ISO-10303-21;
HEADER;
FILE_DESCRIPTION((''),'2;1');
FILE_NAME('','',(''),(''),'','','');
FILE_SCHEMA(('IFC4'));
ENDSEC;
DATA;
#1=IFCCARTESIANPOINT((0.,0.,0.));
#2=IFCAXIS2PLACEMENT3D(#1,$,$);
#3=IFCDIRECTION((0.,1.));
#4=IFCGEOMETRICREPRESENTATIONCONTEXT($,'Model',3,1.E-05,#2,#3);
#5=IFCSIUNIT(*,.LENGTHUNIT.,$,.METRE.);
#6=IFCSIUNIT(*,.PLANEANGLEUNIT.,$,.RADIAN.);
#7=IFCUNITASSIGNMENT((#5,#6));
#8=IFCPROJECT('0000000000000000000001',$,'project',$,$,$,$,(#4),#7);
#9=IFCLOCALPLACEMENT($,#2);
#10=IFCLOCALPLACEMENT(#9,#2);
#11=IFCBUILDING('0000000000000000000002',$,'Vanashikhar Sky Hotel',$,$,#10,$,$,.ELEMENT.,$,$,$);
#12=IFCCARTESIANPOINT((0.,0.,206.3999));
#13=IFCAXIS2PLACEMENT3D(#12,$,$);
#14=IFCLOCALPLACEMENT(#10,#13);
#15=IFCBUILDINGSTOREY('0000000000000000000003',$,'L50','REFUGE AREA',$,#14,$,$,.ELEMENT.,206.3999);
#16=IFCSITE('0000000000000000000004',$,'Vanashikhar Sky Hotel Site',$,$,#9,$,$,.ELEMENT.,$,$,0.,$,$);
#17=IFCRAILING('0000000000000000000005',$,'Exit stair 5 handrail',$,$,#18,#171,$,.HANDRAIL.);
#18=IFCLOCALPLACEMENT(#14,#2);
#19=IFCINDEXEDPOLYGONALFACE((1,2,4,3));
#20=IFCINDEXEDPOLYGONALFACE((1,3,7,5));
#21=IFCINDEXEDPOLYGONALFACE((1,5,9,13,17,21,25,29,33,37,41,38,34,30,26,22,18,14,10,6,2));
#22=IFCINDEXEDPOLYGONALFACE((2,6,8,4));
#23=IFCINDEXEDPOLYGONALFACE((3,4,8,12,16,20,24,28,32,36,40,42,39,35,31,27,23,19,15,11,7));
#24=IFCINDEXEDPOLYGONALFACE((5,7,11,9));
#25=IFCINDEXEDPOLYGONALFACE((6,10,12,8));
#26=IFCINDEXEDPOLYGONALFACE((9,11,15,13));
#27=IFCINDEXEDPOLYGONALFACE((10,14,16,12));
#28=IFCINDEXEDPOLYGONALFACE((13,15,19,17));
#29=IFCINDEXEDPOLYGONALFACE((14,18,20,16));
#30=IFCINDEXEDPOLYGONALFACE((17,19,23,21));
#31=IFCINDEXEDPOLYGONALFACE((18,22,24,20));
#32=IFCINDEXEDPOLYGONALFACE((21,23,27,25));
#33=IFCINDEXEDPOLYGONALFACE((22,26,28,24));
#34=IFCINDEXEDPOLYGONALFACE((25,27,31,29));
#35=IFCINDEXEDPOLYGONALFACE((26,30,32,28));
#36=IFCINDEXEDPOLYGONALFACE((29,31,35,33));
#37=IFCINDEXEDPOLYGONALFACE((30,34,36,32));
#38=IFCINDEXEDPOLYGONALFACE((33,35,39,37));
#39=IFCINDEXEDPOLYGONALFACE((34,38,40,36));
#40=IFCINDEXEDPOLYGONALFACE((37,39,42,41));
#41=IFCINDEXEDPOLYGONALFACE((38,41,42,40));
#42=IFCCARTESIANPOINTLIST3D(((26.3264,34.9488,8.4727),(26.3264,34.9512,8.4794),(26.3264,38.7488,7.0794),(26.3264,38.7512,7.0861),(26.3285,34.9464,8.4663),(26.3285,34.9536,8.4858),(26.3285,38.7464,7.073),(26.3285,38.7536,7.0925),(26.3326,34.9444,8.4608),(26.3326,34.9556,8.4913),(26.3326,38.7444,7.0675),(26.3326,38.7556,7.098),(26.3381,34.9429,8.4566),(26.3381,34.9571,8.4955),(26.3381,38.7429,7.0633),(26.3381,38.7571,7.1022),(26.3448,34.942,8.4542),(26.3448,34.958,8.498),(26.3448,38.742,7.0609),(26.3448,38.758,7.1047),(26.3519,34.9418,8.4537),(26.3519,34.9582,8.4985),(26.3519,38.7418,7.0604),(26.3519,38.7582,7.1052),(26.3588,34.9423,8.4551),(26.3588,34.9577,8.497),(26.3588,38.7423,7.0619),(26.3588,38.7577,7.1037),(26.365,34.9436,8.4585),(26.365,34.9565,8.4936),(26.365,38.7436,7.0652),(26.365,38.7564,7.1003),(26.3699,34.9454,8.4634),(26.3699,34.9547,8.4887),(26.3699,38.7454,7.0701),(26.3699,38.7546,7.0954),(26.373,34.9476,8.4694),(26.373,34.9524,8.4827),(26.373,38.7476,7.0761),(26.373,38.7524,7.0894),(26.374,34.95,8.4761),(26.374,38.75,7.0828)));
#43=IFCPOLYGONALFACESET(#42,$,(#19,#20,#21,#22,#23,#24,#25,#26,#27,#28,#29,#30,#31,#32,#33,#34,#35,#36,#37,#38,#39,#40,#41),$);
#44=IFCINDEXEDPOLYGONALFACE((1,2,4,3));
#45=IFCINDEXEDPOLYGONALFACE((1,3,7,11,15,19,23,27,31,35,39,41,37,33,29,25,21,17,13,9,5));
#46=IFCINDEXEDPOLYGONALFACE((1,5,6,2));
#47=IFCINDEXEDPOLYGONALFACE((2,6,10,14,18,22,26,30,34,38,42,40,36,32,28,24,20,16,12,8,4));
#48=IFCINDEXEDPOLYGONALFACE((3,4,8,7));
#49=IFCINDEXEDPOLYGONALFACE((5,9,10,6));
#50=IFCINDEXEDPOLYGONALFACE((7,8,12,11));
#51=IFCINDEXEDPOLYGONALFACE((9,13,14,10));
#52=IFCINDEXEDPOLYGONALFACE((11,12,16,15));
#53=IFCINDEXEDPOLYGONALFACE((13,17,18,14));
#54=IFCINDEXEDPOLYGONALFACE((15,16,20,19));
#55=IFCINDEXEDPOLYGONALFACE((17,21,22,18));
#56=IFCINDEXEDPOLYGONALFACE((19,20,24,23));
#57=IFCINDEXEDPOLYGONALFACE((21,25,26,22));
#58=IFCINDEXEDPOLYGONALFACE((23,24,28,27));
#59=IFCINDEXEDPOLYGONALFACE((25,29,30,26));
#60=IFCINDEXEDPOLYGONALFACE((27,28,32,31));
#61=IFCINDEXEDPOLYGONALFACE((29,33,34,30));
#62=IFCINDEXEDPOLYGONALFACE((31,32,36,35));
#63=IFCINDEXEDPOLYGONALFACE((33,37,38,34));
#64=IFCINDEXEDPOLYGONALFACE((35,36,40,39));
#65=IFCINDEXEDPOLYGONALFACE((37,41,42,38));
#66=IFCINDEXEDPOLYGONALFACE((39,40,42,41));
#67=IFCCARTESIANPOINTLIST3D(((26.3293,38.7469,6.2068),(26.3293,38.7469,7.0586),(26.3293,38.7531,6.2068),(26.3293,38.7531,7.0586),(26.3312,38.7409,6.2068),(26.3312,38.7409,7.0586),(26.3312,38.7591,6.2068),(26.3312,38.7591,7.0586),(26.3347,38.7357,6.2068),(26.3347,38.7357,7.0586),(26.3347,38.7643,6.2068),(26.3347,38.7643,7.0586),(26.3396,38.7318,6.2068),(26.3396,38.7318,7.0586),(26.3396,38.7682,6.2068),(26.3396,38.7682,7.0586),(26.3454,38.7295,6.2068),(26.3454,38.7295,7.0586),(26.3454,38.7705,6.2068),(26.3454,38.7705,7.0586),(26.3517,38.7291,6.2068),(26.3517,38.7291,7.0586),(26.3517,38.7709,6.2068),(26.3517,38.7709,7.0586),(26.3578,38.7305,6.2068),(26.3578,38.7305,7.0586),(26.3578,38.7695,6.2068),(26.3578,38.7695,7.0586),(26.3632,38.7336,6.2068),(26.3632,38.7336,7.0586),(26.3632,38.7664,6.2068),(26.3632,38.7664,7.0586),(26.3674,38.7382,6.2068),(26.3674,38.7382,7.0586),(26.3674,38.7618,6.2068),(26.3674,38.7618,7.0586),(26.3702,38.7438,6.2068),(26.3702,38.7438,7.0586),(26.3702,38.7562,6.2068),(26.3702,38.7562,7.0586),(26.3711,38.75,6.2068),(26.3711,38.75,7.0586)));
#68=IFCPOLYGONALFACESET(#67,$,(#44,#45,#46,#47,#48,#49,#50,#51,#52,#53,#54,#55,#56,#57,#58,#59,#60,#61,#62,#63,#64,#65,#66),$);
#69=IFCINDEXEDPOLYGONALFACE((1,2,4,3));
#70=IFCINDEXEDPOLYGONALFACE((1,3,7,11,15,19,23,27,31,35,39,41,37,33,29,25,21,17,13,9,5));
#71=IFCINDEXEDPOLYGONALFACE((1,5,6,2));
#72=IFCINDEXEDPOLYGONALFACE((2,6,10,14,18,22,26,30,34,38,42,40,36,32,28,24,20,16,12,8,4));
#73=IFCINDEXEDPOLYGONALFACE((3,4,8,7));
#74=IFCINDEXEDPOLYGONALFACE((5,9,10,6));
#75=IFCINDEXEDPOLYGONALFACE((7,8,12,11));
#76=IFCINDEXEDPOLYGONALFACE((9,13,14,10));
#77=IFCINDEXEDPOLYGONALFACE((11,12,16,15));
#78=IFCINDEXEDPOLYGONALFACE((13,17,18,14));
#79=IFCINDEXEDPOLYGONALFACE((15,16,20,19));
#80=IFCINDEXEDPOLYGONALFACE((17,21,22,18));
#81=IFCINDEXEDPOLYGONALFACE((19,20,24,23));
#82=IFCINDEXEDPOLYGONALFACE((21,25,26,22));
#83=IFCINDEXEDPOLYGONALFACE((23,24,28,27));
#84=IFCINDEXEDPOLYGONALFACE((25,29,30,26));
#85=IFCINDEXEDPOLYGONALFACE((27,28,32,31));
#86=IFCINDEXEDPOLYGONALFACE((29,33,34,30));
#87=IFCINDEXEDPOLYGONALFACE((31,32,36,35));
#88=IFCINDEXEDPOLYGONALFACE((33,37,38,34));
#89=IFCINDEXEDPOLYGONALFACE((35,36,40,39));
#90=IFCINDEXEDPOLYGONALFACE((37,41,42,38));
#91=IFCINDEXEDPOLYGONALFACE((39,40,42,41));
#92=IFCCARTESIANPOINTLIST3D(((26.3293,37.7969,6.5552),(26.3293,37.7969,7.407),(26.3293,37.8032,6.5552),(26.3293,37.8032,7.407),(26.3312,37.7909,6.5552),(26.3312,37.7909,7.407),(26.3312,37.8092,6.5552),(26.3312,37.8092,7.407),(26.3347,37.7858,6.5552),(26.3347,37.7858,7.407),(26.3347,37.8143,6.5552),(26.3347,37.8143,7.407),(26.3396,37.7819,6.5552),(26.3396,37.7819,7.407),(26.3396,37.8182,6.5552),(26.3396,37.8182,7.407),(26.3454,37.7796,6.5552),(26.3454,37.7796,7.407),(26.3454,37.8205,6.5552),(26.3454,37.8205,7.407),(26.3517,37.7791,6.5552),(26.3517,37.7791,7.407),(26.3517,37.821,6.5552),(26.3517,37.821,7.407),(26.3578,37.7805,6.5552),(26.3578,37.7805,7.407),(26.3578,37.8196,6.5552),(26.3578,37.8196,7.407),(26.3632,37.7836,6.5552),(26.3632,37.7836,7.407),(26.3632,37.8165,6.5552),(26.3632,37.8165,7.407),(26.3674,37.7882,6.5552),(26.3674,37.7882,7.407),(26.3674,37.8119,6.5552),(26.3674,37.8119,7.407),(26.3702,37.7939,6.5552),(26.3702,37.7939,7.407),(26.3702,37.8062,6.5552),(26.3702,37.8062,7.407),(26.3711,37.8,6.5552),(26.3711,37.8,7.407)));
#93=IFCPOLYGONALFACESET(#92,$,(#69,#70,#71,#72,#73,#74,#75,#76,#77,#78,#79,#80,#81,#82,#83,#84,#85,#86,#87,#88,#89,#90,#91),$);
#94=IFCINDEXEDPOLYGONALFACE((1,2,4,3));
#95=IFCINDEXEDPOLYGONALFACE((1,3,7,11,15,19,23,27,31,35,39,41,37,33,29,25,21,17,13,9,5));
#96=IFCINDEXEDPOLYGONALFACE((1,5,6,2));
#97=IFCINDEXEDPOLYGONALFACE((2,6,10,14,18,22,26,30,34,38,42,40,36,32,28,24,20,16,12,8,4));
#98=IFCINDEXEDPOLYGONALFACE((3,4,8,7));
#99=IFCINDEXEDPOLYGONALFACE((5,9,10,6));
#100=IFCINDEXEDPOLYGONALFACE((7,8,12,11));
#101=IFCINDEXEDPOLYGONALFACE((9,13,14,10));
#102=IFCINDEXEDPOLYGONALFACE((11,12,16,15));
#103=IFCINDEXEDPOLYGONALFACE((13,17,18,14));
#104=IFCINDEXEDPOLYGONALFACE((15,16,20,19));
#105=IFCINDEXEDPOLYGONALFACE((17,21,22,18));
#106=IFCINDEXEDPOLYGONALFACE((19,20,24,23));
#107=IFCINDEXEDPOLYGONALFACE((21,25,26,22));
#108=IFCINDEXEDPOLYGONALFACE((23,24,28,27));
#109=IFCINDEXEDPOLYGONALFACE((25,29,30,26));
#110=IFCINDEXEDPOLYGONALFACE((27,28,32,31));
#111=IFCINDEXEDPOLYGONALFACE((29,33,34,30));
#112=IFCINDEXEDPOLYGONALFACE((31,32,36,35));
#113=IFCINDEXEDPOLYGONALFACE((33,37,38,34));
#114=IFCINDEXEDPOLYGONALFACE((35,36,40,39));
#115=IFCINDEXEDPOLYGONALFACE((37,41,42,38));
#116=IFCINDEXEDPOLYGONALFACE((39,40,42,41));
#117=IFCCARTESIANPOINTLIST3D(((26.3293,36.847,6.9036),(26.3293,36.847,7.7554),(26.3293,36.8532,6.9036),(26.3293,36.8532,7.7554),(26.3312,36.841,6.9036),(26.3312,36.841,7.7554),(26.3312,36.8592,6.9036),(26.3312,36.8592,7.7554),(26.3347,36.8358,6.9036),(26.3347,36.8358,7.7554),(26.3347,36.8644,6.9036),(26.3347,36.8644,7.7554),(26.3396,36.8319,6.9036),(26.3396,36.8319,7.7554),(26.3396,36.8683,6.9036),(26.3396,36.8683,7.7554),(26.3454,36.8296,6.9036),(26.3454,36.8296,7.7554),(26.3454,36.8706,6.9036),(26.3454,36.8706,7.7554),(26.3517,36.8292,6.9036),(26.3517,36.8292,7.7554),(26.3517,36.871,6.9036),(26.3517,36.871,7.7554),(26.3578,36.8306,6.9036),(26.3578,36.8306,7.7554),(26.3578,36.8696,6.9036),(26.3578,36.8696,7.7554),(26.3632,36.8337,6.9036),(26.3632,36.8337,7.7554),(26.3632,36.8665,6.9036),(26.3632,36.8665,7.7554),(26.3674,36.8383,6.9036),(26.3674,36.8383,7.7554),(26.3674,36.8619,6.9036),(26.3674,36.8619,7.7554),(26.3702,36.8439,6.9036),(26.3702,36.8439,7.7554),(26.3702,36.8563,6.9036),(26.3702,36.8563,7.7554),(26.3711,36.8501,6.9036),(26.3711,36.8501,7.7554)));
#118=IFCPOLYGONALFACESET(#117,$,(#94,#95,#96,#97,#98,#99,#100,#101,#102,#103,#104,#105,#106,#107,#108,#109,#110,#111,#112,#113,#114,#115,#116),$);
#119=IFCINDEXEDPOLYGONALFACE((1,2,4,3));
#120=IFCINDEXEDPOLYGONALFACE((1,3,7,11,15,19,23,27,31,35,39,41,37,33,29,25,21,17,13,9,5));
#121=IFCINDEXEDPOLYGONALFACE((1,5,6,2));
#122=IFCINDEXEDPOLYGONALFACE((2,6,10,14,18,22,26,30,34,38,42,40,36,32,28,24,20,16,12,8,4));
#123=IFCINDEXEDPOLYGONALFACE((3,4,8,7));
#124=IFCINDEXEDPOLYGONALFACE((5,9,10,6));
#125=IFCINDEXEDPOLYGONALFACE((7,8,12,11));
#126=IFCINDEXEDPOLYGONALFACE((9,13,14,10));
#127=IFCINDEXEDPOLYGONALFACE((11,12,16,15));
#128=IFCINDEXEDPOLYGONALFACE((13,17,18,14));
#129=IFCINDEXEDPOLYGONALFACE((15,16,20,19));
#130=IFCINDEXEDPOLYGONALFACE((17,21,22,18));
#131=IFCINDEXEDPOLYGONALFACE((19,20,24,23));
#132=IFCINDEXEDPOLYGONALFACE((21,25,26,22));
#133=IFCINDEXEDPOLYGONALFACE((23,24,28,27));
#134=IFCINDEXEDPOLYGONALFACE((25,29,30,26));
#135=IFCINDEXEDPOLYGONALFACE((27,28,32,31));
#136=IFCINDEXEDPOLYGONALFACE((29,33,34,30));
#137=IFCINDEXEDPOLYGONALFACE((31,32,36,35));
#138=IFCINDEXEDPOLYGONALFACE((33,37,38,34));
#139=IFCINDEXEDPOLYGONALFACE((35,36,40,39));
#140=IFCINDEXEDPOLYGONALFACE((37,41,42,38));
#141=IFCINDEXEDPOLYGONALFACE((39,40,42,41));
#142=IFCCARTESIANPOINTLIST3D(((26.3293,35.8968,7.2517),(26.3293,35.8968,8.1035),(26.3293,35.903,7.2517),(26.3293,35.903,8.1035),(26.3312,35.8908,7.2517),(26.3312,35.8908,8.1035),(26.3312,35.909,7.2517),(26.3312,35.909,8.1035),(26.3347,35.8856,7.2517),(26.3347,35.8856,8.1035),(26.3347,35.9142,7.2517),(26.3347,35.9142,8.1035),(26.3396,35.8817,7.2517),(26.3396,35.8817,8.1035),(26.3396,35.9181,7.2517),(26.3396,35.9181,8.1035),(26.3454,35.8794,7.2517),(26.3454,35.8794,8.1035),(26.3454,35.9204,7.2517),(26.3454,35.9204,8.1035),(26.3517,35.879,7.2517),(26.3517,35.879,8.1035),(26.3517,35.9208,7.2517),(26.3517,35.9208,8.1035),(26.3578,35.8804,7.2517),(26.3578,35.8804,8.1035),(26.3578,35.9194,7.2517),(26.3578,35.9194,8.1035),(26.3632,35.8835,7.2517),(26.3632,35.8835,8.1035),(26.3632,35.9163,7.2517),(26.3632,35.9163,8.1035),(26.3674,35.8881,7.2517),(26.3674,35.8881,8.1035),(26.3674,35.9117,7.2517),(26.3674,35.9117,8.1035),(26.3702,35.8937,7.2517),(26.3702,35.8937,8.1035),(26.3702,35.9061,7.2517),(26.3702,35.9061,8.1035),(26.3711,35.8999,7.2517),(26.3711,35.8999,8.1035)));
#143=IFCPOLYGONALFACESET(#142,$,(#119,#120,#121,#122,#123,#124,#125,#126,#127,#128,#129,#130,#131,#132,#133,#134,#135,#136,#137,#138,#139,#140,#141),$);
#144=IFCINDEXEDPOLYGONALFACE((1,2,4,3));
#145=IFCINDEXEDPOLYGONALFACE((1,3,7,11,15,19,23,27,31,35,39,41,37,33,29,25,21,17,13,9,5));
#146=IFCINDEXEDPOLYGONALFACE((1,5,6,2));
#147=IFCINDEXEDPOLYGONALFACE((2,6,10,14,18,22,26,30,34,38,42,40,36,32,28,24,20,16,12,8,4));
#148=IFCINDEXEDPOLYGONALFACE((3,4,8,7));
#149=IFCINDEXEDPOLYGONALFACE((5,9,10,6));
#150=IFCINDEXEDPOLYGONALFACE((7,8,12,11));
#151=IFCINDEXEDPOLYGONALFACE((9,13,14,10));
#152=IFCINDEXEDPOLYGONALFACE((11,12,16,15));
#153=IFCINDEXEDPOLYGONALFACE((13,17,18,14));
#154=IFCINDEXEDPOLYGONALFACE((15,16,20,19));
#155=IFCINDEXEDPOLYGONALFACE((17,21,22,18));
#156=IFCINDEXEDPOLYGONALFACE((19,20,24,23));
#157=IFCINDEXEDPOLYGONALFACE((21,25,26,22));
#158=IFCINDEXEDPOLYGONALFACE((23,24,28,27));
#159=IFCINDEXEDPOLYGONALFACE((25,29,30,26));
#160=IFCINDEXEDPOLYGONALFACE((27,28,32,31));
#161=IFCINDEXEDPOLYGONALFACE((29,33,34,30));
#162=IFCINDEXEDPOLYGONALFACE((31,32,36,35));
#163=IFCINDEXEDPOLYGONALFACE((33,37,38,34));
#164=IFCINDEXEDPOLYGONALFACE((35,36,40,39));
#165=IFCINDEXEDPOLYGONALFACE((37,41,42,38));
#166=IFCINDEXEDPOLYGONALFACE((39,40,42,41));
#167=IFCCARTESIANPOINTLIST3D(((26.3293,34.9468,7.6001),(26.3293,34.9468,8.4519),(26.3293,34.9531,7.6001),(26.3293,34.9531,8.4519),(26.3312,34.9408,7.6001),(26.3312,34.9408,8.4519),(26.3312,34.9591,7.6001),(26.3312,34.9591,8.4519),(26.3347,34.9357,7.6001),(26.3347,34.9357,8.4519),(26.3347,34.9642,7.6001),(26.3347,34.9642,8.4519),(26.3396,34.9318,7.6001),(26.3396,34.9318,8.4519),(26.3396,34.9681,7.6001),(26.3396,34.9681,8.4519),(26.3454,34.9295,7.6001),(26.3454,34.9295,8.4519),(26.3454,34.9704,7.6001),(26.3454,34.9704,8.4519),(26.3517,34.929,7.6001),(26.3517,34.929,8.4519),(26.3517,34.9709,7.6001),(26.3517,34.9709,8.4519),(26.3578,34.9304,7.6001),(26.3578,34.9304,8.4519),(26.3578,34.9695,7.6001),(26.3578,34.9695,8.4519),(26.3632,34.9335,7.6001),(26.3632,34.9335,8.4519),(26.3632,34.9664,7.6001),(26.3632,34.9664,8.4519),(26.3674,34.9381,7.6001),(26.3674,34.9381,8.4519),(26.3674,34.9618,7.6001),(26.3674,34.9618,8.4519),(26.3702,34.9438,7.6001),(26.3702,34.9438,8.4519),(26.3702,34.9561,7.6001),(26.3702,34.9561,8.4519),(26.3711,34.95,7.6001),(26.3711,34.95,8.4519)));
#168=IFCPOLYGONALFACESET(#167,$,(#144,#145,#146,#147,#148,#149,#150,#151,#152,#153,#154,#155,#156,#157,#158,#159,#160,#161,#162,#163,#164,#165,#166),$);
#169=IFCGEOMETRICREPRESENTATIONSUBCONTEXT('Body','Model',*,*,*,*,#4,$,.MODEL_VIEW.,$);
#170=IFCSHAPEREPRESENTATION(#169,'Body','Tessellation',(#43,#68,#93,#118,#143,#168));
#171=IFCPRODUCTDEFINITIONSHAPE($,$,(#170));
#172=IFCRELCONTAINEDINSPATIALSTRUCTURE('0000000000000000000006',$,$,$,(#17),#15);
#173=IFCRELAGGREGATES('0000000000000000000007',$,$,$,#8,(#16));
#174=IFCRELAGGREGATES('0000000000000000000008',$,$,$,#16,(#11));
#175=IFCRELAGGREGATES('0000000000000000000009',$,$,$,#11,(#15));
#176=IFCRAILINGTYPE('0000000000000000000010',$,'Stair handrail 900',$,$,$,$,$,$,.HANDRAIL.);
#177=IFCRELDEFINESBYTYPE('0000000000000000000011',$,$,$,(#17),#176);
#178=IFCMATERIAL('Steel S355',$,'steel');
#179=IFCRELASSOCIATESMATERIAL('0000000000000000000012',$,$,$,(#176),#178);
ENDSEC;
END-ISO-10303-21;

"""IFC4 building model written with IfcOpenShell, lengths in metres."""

from ifc_helpers import new_model, si_unit, direction, frame, origin, origin_2d, place, context, subcontext, project, spatial, circle, extrude, source, transform, mapped, material, type_object, element, save


model = new_model("IFC4")

# Units and contexts
model_context = context("Model", 3, precision=1e-05, world=origin(), true_north=direction((0.0, 1.0)))
body_context = subcontext(model_context, "Body", "Model", "MODEL_VIEW")
ifc_project = project(units=[si_unit("LENGTHUNIT", "METRE"), si_unit("PLANEANGLEUNIT", "RADIAN")], contexts=[model_context])

# Site, building, storey
site_placement = place(None, origin())
site = spatial("IfcSite", under=ifc_project, at=site_placement, Name="Vanashikhar Sky Hotel Site", CompositionType="ELEMENT", RefElevation=0.0)
building_placement = place(site_placement, origin())
building = spatial("IfcBuilding", under=site, at=building_placement, Name="Vanashikhar Sky Hotel", CompositionType="ELEMENT")
storey_placement = place(building_placement, frame((0.0, 0.0, 206.3999)))
storey = spatial("IfcBuildingStorey", under=building, at=storey_placement, Name="L50", Description="REFUGE AREA", CompositionType="ELEMENT", Elevation=206.3999)

# Railing
ifc_material_1 = material(Name="Steel S355", Category="steel")
railing_type_1 = type_object("IfcRailingType", Name="Stair handrail 900", PredefinedType="HANDRAIL", material=ifc_material_1)
shared_shape_1 = source(origin(), body_context, "Body", "SweptSolid", [
    extrude(circle(Radius=0.0239, at=origin_2d()), frame((0.0, 0.0, 0.876), z_axis=(0.0, -0.93888, 0.344246), x_axis=(1.0, 0.0, 0.0)), (0.0, 0.0, 1.0), 4.0474),
    extrude(circle(Radius=0.021, at=origin_2d()), origin(), (0.0, 0.0, 1.0), 0.8518),
    extrude(circle(Radius=0.021, at=origin_2d()), frame((0.0, -0.95, 0.3484)), (0.0, 0.0, 1.0), 0.8518),
    extrude(circle(Radius=0.021, at=origin_2d()), frame((0.0, -1.8999, 0.6968)), (0.0, 0.0, 1.0), 0.8518),
    extrude(circle(Radius=0.021, at=origin_2d()), frame((0.0, -2.8501, 1.0449)), (0.0, 0.0, 1.0), 0.8518),
    extrude(circle(Radius=0.021, at=origin_2d()), frame((0.0, -3.8, 1.3933)), (0.0, 0.0, 1.0), 0.8518),
])
for number, where, name in (
    (1, (26.3501, 38.75, 6.2068), "Exit stair 5 handrail"),
):
    element("IfcRailing", number, at=place(storey_placement, frame(where)), inside=storey, type_object=railing_type_1, Name=name, PredefinedType="HANDRAIL", context=body_context, shape_type="MappedRepresentation", body=[
        mapped(shared_shape_1, transform((0.0, 0.0, 0.0), scale=1.0)),
    ])

save(model, "model.ifc")
